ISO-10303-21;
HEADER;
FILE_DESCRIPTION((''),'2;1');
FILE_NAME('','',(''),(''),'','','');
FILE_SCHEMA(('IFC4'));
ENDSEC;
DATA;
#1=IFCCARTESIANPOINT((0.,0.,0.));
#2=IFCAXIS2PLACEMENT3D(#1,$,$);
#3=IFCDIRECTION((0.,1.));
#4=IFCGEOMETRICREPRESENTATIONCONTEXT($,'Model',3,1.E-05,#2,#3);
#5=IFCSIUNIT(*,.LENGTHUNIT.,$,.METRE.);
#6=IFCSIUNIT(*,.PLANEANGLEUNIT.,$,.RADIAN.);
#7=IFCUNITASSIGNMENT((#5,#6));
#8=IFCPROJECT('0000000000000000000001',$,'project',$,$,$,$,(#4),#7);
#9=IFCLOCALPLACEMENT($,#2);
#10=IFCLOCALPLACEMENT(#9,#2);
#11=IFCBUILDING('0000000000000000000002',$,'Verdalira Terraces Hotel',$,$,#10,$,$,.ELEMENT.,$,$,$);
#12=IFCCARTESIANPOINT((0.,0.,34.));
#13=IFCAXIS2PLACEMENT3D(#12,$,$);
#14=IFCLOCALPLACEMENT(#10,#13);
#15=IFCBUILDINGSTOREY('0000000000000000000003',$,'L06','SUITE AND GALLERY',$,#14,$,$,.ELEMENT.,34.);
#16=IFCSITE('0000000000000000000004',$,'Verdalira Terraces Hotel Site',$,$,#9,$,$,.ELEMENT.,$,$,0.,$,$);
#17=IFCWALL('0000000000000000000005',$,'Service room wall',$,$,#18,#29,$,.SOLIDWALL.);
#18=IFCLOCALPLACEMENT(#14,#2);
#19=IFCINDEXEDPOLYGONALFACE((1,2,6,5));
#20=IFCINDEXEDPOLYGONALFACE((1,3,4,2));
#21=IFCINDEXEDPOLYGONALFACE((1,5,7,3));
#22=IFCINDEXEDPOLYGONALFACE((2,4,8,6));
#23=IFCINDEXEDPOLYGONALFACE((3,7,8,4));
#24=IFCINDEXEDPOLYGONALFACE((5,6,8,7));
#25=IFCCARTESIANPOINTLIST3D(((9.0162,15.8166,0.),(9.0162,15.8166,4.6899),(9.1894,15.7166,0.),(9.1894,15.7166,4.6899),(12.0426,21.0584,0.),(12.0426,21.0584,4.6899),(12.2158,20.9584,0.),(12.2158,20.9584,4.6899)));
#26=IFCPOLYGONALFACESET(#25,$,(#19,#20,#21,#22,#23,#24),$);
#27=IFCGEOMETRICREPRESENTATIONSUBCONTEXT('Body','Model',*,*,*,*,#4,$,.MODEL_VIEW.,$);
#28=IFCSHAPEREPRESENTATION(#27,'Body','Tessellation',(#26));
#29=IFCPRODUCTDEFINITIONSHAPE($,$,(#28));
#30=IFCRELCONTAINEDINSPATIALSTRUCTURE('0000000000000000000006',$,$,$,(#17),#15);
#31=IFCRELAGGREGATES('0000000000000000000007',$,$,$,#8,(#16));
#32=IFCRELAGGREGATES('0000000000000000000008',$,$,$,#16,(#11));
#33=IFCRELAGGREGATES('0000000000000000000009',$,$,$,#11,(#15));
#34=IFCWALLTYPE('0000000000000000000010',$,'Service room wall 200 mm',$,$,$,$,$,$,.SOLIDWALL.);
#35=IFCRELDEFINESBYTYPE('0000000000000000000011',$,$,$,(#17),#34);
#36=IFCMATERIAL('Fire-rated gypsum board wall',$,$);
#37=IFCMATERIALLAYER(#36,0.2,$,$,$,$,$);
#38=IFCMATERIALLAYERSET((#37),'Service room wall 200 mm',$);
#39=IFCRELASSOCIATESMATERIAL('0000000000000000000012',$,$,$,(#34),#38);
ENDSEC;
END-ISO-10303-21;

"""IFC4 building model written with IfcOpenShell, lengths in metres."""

from ifc_helpers import new_model, si_unit, direction, frame, frame_2d, origin, place, context, subcontext, project, spatial, rectangle, extrude, material, layer, layer_set, type_object, element, save


model = new_model("IFC4")

# Units and contexts
model_context = context("Model", 3, precision=1e-05, world=origin(), true_north=direction((0.0, 1.0)))
body_context = subcontext(model_context, "Body", "Model", "MODEL_VIEW")
ifc_project = project(units=[si_unit("LENGTHUNIT", "METRE"), si_unit("PLANEANGLEUNIT", "RADIAN")], contexts=[model_context])

# Site, building, storey
site_placement = place(None, origin())
site = spatial("IfcSite", under=ifc_project, at=site_placement, Name="Verdalira Terraces Hotel Site", CompositionType="ELEMENT", RefElevation=0.0)
building_placement = place(site_placement, origin())
building = spatial("IfcBuilding", under=site, at=building_placement, Name="Verdalira Terraces Hotel", CompositionType="ELEMENT")
storey_placement = place(building_placement, frame((0.0, 0.0, 34.0)))
storey = spatial("IfcBuildingStorey", under=building, at=storey_placement, Name="L06", Description="SUITE AND GALLERY", CompositionType="ELEMENT", Elevation=34.0)

# Wall
ifc_material_1 = material(Name="Fire-rated gypsum board wall")
ifc_layer_1 = layer(ifc_material_1, 0.2)
ifc_layer_set_1 = layer_set([ifc_layer_1], Name="Service room wall 200 mm")
wall_type_1 = type_object("IfcWallType", Name="Service room wall 200 mm", PredefinedType="SOLIDWALL", material=ifc_layer_set_1)
wall_1_placement = place(storey_placement, frame((9.1028, 15.7666, 0.0), z_axis=(0.0, 0.0, 1.0), x_axis=(0.500009, 0.86602, 0.0)))
element("IfcWall", 1, at=wall_1_placement, inside=storey, type_object=wall_type_1, Name="Service room wall", PredefinedType="SOLIDWALL", context=body_context, shape_type="SweptSolid", body=[
    extrude(rectangle(XDim=6.0527, YDim=0.2, at=frame_2d((3.0264, 0.0))), origin(), (0.0, 0.0, 1.0), 4.6899),
])

save(model, "model.ifc")
